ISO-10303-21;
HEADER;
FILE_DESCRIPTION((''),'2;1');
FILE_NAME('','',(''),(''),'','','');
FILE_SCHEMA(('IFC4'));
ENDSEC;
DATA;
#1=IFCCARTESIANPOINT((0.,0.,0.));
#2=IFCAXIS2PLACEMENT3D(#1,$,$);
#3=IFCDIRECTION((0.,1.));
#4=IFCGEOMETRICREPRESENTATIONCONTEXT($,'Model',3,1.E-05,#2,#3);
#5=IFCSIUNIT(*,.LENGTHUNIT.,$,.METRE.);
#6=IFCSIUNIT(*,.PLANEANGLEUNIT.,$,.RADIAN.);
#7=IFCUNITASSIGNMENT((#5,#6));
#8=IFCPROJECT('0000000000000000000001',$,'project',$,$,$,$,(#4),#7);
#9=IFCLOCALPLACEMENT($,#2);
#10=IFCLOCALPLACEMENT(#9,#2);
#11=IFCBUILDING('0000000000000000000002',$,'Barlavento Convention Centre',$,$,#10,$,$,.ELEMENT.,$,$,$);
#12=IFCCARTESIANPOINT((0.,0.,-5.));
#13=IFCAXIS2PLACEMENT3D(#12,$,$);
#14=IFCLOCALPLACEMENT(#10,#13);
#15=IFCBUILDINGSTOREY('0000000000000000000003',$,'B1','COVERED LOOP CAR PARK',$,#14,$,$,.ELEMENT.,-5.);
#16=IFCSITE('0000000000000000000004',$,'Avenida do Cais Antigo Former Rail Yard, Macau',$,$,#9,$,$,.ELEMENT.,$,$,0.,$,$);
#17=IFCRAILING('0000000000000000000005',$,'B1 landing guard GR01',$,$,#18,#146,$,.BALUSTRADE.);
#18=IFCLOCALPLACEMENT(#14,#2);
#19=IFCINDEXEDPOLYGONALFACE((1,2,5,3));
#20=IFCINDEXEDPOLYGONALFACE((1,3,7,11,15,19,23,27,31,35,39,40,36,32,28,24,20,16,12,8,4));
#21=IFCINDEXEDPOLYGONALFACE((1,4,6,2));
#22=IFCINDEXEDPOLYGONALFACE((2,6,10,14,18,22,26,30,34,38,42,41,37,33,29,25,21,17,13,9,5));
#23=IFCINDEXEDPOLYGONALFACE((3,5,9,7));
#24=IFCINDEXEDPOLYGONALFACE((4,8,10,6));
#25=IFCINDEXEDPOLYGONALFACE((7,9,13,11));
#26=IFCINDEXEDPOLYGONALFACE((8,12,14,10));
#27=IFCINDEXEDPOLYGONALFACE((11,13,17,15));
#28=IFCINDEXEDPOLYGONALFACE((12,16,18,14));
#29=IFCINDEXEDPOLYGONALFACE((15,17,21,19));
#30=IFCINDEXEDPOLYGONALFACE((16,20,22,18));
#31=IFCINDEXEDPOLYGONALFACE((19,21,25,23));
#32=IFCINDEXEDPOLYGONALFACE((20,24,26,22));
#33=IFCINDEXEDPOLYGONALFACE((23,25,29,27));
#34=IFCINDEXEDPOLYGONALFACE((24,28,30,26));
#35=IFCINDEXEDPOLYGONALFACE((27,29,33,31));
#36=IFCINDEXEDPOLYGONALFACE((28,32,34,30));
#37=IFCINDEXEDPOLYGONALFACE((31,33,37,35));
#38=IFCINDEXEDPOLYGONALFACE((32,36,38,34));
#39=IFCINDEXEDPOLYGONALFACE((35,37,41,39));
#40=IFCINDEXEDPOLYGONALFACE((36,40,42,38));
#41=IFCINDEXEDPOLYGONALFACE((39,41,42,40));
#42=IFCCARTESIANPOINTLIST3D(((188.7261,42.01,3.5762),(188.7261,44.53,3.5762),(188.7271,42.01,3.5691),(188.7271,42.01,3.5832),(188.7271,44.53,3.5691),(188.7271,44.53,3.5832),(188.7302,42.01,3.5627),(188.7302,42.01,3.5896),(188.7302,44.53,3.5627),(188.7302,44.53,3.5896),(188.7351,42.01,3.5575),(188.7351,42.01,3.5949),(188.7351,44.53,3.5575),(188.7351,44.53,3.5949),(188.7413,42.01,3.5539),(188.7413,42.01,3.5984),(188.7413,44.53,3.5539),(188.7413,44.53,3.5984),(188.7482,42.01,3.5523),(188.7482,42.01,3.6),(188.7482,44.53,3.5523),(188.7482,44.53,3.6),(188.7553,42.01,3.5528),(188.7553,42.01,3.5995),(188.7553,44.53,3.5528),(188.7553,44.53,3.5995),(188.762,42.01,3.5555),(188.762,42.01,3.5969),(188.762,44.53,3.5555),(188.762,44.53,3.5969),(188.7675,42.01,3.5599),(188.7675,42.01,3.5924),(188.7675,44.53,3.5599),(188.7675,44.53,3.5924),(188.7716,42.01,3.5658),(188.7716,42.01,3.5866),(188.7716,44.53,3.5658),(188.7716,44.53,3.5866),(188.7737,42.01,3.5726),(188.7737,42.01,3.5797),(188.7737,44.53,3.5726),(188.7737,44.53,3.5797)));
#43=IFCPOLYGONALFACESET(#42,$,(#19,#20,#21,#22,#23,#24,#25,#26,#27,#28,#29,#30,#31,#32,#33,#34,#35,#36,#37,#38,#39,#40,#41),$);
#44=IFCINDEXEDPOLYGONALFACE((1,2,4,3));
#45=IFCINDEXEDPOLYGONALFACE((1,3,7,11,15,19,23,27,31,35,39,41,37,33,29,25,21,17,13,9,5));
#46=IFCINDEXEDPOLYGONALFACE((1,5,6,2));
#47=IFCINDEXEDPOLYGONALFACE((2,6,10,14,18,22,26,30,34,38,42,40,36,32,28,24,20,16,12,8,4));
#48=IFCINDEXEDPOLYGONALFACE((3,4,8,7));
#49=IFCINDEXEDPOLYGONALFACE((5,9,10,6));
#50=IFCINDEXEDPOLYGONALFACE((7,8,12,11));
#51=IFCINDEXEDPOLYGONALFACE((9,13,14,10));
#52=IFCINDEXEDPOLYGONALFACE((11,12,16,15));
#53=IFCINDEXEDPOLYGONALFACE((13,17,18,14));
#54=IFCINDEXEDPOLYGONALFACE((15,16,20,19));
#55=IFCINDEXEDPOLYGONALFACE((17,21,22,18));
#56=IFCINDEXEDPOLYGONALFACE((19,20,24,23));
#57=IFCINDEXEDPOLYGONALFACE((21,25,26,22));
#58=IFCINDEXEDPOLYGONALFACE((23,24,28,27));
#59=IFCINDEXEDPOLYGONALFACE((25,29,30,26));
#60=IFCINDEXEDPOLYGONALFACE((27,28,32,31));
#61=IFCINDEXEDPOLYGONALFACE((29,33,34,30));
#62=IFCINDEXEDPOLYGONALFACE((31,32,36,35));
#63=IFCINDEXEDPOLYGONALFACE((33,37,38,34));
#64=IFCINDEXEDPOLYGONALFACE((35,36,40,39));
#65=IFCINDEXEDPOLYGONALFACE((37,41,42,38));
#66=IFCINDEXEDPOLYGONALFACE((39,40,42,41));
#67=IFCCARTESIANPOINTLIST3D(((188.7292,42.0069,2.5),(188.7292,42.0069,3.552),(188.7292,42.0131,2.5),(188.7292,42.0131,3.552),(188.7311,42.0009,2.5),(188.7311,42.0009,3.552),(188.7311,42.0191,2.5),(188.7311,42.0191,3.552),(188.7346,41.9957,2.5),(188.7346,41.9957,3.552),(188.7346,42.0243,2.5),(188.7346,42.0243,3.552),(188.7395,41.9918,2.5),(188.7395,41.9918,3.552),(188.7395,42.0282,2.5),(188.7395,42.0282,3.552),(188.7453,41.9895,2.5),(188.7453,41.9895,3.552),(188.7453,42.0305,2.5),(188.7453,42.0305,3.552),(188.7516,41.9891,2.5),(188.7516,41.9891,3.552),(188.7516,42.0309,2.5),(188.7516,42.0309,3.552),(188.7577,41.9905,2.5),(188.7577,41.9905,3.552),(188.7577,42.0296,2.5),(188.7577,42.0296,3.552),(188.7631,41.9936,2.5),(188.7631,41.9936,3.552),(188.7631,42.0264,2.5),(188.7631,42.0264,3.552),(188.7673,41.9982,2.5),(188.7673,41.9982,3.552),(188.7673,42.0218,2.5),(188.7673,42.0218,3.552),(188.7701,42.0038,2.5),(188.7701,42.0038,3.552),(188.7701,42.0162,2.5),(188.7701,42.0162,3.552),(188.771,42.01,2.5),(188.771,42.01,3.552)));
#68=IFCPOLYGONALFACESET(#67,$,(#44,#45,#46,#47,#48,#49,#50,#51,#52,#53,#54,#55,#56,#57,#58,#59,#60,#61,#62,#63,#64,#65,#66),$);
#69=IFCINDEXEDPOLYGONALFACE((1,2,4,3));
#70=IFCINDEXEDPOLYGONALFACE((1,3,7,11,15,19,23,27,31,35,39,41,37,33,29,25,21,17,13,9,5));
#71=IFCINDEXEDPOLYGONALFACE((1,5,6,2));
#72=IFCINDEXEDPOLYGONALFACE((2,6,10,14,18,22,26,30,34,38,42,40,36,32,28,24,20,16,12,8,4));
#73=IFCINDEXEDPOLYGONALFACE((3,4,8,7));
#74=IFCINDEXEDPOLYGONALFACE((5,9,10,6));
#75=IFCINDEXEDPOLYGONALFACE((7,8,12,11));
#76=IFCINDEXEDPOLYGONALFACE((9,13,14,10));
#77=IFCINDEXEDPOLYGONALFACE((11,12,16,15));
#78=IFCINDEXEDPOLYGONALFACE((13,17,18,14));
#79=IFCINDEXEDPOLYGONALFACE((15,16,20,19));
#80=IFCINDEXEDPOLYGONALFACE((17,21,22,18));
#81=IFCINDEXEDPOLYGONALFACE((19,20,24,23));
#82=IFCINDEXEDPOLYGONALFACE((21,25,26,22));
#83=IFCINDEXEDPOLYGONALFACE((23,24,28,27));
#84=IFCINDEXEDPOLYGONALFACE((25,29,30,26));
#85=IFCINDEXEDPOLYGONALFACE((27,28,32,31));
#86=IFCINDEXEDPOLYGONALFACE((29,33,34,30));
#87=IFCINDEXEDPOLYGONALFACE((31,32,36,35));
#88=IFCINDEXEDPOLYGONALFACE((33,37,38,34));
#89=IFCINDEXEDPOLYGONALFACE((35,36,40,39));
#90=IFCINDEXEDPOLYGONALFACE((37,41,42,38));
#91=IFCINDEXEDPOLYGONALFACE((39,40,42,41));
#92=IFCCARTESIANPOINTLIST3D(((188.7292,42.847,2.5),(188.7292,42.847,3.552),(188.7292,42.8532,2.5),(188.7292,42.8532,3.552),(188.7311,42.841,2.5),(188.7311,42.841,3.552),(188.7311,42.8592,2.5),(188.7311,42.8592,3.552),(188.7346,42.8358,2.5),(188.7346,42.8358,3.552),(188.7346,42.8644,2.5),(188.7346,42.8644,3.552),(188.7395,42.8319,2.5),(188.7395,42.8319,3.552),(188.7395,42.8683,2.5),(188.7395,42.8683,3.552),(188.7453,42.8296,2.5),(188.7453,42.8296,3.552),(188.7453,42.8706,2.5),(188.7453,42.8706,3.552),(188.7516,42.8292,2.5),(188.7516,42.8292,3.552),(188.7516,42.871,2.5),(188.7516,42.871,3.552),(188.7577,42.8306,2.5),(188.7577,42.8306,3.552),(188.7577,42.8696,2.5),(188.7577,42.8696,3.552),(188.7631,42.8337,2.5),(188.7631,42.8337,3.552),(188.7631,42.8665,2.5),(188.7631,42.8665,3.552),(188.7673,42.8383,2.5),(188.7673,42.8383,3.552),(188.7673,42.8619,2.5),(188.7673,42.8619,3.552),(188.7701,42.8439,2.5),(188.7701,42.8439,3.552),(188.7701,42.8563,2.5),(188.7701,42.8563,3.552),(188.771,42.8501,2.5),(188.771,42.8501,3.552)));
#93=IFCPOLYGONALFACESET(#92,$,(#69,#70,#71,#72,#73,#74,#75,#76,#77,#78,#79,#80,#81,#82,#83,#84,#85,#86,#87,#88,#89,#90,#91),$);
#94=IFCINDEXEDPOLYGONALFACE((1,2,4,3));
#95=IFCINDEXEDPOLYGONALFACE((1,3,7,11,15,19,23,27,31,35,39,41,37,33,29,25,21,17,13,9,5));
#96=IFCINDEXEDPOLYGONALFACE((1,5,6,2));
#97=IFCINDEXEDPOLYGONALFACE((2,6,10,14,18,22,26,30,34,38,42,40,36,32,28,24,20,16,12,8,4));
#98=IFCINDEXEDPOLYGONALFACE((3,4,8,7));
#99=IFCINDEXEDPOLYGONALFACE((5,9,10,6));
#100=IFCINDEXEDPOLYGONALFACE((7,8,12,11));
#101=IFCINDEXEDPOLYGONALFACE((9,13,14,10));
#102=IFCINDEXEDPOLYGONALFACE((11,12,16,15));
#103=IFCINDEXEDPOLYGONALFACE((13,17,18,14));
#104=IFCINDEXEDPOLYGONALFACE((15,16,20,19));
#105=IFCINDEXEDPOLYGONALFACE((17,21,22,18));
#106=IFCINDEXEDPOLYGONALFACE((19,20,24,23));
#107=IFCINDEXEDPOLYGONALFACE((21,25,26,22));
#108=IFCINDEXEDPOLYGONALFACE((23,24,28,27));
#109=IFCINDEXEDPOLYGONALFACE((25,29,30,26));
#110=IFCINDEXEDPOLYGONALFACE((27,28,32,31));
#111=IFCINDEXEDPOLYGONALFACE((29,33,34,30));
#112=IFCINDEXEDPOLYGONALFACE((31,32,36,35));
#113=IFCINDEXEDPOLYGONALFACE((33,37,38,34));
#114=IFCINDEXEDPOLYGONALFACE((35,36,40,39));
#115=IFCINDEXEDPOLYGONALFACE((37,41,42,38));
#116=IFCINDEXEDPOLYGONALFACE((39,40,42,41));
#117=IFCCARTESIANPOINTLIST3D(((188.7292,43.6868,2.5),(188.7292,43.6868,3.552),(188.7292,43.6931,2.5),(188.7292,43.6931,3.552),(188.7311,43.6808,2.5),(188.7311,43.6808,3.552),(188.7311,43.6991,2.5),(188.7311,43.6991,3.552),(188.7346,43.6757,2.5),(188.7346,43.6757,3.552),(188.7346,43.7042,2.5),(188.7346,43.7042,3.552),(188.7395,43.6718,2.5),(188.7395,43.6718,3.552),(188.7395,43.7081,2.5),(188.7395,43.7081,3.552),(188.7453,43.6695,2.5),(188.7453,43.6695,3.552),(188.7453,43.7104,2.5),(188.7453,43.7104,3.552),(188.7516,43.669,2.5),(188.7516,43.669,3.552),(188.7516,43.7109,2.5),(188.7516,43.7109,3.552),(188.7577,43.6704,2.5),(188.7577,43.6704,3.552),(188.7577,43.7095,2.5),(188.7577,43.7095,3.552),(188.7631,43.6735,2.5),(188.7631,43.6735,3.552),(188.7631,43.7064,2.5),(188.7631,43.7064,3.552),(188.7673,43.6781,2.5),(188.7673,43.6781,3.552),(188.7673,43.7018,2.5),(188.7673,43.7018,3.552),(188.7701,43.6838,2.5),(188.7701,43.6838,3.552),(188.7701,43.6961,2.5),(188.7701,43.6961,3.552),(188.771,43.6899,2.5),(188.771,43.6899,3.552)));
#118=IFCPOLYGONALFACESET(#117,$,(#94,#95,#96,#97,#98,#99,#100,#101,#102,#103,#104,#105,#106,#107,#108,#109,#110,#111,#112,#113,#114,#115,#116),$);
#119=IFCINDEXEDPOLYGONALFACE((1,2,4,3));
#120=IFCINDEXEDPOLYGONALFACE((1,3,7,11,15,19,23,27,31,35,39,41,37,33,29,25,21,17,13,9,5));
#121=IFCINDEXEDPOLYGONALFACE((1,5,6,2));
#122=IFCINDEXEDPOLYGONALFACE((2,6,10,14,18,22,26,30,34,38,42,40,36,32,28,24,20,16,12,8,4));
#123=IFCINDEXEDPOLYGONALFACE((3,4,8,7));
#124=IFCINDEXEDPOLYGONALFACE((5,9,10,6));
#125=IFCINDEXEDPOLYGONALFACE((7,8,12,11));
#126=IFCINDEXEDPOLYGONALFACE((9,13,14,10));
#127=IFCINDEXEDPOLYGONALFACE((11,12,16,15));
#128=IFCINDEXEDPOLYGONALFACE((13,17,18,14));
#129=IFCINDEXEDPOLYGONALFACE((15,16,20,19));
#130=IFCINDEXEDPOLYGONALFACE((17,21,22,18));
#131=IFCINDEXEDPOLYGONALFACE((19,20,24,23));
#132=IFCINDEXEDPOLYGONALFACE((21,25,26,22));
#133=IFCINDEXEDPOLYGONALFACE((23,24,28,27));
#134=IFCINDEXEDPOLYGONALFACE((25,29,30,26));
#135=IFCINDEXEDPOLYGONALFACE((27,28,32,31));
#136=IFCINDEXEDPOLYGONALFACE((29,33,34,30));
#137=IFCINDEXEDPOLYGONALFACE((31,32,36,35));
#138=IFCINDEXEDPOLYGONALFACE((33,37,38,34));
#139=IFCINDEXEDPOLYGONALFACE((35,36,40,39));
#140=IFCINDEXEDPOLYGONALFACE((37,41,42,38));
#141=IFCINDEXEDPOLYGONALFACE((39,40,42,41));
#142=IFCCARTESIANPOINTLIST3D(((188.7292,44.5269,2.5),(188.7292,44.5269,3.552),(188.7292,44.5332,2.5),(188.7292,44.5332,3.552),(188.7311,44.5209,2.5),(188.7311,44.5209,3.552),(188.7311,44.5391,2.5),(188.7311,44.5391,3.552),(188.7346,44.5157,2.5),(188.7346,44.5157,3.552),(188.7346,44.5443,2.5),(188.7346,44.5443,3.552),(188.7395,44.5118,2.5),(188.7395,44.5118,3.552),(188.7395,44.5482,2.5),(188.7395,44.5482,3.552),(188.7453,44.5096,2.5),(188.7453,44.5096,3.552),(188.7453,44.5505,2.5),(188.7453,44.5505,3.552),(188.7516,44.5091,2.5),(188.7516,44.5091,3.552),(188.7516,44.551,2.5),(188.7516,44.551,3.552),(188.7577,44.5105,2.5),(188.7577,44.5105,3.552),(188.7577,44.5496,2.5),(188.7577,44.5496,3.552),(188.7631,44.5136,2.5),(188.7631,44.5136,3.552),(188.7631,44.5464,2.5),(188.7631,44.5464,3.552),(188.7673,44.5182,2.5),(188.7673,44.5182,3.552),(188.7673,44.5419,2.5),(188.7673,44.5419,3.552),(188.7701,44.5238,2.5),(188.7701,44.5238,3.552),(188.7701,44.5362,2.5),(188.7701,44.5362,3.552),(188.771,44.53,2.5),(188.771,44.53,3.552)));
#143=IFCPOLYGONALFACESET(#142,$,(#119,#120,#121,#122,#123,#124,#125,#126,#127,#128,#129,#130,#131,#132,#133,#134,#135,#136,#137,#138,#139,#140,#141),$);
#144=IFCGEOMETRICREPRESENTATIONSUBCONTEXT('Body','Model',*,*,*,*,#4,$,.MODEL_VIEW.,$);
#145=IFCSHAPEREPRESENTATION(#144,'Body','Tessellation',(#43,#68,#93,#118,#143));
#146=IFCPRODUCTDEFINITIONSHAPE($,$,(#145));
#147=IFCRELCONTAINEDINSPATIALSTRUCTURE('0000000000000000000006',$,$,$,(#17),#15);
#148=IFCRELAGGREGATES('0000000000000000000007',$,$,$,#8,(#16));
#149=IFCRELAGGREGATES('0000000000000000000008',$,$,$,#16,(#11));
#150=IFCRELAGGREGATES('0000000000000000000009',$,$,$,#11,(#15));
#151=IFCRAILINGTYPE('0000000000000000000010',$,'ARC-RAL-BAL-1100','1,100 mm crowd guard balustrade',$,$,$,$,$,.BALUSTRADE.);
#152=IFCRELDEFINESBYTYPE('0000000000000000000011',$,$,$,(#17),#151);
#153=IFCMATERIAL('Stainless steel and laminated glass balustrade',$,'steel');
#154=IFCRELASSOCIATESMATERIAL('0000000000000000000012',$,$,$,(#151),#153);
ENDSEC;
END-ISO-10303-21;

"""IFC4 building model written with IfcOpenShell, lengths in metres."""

from ifc_helpers import new_model, si_unit, direction, frame, origin, origin_2d, place, context, subcontext, project, spatial, circle, extrude, material, type_object, element, save


model = new_model("IFC4")

# Units and contexts
model_context = context("Model", 3, precision=1e-05, world=origin(), true_north=direction((0.0, 1.0)))
body_context = subcontext(model_context, "Body", "Model", "MODEL_VIEW")
ifc_project = project(units=[si_unit("LENGTHUNIT", "METRE"), si_unit("PLANEANGLEUNIT", "RADIAN")], contexts=[model_context])

# Site, building, storey
site_placement = place(None, origin())
site = spatial("IfcSite", under=ifc_project, at=site_placement, Name="Avenida do Cais Antigo Former Rail Yard, Macau", CompositionType="ELEMENT", RefElevation=0.0)
building_placement = place(site_placement, origin())
building = spatial("IfcBuilding", under=site, at=building_placement, Name="Barlavento Convention Centre", CompositionType="ELEMENT")
storey_placement = place(building_placement, frame((0.0, 0.0, -5.0)))
storey = spatial("IfcBuildingStorey", under=building, at=storey_placement, Name="B1", Description="COVERED LOOP CAR PARK", CompositionType="ELEMENT", Elevation=-5.0)

# Railing
ifc_material_1 = material(Name="Stainless steel and laminated glass balustrade", Category="steel")
railing_type_1 = type_object("IfcRailingType", Name="ARC-RAL-BAL-1100", Description="1,100 mm crowd guard balustrade", PredefinedType="BALUSTRADE", material=ifc_material_1)
for number, where, name in (
    (1, (188.75, 42.01, 2.5), "B1 landing guard GR01"),
):
    element("IfcRailing", number, at=place(storey_placement, frame(where)), inside=storey, type_object=railing_type_1, Name=name, PredefinedType="BALUSTRADE", context=body_context, shape_type="SweptSolid", body=[
        extrude(circle(Radius=0.0239, at=origin_2d()), frame((0.0, 0.0, 1.0762), z_axis=(0.0, 1.0, 0.0), x_axis=(-1.0, 0.0, 0.0)), (0.0, 0.0, 1.0), 2.52),
        extrude(circle(Radius=0.021, at=origin_2d()), origin(), (0.0, 0.0, 1.0), 1.052),
        extrude(circle(Radius=0.021, at=origin_2d()), frame((0.0, 0.8401, 0.0)), (0.0, 0.0, 1.0), 1.052),
        extrude(circle(Radius=0.021, at=origin_2d()), frame((0.0, 1.6799, 0.0)), (0.0, 0.0, 1.0), 1.052),
        extrude(circle(Radius=0.021, at=origin_2d()), frame((0.0, 2.52, 0.0)), (0.0, 0.0, 1.0), 1.052),
    ])

save(model, "model.ifc")
